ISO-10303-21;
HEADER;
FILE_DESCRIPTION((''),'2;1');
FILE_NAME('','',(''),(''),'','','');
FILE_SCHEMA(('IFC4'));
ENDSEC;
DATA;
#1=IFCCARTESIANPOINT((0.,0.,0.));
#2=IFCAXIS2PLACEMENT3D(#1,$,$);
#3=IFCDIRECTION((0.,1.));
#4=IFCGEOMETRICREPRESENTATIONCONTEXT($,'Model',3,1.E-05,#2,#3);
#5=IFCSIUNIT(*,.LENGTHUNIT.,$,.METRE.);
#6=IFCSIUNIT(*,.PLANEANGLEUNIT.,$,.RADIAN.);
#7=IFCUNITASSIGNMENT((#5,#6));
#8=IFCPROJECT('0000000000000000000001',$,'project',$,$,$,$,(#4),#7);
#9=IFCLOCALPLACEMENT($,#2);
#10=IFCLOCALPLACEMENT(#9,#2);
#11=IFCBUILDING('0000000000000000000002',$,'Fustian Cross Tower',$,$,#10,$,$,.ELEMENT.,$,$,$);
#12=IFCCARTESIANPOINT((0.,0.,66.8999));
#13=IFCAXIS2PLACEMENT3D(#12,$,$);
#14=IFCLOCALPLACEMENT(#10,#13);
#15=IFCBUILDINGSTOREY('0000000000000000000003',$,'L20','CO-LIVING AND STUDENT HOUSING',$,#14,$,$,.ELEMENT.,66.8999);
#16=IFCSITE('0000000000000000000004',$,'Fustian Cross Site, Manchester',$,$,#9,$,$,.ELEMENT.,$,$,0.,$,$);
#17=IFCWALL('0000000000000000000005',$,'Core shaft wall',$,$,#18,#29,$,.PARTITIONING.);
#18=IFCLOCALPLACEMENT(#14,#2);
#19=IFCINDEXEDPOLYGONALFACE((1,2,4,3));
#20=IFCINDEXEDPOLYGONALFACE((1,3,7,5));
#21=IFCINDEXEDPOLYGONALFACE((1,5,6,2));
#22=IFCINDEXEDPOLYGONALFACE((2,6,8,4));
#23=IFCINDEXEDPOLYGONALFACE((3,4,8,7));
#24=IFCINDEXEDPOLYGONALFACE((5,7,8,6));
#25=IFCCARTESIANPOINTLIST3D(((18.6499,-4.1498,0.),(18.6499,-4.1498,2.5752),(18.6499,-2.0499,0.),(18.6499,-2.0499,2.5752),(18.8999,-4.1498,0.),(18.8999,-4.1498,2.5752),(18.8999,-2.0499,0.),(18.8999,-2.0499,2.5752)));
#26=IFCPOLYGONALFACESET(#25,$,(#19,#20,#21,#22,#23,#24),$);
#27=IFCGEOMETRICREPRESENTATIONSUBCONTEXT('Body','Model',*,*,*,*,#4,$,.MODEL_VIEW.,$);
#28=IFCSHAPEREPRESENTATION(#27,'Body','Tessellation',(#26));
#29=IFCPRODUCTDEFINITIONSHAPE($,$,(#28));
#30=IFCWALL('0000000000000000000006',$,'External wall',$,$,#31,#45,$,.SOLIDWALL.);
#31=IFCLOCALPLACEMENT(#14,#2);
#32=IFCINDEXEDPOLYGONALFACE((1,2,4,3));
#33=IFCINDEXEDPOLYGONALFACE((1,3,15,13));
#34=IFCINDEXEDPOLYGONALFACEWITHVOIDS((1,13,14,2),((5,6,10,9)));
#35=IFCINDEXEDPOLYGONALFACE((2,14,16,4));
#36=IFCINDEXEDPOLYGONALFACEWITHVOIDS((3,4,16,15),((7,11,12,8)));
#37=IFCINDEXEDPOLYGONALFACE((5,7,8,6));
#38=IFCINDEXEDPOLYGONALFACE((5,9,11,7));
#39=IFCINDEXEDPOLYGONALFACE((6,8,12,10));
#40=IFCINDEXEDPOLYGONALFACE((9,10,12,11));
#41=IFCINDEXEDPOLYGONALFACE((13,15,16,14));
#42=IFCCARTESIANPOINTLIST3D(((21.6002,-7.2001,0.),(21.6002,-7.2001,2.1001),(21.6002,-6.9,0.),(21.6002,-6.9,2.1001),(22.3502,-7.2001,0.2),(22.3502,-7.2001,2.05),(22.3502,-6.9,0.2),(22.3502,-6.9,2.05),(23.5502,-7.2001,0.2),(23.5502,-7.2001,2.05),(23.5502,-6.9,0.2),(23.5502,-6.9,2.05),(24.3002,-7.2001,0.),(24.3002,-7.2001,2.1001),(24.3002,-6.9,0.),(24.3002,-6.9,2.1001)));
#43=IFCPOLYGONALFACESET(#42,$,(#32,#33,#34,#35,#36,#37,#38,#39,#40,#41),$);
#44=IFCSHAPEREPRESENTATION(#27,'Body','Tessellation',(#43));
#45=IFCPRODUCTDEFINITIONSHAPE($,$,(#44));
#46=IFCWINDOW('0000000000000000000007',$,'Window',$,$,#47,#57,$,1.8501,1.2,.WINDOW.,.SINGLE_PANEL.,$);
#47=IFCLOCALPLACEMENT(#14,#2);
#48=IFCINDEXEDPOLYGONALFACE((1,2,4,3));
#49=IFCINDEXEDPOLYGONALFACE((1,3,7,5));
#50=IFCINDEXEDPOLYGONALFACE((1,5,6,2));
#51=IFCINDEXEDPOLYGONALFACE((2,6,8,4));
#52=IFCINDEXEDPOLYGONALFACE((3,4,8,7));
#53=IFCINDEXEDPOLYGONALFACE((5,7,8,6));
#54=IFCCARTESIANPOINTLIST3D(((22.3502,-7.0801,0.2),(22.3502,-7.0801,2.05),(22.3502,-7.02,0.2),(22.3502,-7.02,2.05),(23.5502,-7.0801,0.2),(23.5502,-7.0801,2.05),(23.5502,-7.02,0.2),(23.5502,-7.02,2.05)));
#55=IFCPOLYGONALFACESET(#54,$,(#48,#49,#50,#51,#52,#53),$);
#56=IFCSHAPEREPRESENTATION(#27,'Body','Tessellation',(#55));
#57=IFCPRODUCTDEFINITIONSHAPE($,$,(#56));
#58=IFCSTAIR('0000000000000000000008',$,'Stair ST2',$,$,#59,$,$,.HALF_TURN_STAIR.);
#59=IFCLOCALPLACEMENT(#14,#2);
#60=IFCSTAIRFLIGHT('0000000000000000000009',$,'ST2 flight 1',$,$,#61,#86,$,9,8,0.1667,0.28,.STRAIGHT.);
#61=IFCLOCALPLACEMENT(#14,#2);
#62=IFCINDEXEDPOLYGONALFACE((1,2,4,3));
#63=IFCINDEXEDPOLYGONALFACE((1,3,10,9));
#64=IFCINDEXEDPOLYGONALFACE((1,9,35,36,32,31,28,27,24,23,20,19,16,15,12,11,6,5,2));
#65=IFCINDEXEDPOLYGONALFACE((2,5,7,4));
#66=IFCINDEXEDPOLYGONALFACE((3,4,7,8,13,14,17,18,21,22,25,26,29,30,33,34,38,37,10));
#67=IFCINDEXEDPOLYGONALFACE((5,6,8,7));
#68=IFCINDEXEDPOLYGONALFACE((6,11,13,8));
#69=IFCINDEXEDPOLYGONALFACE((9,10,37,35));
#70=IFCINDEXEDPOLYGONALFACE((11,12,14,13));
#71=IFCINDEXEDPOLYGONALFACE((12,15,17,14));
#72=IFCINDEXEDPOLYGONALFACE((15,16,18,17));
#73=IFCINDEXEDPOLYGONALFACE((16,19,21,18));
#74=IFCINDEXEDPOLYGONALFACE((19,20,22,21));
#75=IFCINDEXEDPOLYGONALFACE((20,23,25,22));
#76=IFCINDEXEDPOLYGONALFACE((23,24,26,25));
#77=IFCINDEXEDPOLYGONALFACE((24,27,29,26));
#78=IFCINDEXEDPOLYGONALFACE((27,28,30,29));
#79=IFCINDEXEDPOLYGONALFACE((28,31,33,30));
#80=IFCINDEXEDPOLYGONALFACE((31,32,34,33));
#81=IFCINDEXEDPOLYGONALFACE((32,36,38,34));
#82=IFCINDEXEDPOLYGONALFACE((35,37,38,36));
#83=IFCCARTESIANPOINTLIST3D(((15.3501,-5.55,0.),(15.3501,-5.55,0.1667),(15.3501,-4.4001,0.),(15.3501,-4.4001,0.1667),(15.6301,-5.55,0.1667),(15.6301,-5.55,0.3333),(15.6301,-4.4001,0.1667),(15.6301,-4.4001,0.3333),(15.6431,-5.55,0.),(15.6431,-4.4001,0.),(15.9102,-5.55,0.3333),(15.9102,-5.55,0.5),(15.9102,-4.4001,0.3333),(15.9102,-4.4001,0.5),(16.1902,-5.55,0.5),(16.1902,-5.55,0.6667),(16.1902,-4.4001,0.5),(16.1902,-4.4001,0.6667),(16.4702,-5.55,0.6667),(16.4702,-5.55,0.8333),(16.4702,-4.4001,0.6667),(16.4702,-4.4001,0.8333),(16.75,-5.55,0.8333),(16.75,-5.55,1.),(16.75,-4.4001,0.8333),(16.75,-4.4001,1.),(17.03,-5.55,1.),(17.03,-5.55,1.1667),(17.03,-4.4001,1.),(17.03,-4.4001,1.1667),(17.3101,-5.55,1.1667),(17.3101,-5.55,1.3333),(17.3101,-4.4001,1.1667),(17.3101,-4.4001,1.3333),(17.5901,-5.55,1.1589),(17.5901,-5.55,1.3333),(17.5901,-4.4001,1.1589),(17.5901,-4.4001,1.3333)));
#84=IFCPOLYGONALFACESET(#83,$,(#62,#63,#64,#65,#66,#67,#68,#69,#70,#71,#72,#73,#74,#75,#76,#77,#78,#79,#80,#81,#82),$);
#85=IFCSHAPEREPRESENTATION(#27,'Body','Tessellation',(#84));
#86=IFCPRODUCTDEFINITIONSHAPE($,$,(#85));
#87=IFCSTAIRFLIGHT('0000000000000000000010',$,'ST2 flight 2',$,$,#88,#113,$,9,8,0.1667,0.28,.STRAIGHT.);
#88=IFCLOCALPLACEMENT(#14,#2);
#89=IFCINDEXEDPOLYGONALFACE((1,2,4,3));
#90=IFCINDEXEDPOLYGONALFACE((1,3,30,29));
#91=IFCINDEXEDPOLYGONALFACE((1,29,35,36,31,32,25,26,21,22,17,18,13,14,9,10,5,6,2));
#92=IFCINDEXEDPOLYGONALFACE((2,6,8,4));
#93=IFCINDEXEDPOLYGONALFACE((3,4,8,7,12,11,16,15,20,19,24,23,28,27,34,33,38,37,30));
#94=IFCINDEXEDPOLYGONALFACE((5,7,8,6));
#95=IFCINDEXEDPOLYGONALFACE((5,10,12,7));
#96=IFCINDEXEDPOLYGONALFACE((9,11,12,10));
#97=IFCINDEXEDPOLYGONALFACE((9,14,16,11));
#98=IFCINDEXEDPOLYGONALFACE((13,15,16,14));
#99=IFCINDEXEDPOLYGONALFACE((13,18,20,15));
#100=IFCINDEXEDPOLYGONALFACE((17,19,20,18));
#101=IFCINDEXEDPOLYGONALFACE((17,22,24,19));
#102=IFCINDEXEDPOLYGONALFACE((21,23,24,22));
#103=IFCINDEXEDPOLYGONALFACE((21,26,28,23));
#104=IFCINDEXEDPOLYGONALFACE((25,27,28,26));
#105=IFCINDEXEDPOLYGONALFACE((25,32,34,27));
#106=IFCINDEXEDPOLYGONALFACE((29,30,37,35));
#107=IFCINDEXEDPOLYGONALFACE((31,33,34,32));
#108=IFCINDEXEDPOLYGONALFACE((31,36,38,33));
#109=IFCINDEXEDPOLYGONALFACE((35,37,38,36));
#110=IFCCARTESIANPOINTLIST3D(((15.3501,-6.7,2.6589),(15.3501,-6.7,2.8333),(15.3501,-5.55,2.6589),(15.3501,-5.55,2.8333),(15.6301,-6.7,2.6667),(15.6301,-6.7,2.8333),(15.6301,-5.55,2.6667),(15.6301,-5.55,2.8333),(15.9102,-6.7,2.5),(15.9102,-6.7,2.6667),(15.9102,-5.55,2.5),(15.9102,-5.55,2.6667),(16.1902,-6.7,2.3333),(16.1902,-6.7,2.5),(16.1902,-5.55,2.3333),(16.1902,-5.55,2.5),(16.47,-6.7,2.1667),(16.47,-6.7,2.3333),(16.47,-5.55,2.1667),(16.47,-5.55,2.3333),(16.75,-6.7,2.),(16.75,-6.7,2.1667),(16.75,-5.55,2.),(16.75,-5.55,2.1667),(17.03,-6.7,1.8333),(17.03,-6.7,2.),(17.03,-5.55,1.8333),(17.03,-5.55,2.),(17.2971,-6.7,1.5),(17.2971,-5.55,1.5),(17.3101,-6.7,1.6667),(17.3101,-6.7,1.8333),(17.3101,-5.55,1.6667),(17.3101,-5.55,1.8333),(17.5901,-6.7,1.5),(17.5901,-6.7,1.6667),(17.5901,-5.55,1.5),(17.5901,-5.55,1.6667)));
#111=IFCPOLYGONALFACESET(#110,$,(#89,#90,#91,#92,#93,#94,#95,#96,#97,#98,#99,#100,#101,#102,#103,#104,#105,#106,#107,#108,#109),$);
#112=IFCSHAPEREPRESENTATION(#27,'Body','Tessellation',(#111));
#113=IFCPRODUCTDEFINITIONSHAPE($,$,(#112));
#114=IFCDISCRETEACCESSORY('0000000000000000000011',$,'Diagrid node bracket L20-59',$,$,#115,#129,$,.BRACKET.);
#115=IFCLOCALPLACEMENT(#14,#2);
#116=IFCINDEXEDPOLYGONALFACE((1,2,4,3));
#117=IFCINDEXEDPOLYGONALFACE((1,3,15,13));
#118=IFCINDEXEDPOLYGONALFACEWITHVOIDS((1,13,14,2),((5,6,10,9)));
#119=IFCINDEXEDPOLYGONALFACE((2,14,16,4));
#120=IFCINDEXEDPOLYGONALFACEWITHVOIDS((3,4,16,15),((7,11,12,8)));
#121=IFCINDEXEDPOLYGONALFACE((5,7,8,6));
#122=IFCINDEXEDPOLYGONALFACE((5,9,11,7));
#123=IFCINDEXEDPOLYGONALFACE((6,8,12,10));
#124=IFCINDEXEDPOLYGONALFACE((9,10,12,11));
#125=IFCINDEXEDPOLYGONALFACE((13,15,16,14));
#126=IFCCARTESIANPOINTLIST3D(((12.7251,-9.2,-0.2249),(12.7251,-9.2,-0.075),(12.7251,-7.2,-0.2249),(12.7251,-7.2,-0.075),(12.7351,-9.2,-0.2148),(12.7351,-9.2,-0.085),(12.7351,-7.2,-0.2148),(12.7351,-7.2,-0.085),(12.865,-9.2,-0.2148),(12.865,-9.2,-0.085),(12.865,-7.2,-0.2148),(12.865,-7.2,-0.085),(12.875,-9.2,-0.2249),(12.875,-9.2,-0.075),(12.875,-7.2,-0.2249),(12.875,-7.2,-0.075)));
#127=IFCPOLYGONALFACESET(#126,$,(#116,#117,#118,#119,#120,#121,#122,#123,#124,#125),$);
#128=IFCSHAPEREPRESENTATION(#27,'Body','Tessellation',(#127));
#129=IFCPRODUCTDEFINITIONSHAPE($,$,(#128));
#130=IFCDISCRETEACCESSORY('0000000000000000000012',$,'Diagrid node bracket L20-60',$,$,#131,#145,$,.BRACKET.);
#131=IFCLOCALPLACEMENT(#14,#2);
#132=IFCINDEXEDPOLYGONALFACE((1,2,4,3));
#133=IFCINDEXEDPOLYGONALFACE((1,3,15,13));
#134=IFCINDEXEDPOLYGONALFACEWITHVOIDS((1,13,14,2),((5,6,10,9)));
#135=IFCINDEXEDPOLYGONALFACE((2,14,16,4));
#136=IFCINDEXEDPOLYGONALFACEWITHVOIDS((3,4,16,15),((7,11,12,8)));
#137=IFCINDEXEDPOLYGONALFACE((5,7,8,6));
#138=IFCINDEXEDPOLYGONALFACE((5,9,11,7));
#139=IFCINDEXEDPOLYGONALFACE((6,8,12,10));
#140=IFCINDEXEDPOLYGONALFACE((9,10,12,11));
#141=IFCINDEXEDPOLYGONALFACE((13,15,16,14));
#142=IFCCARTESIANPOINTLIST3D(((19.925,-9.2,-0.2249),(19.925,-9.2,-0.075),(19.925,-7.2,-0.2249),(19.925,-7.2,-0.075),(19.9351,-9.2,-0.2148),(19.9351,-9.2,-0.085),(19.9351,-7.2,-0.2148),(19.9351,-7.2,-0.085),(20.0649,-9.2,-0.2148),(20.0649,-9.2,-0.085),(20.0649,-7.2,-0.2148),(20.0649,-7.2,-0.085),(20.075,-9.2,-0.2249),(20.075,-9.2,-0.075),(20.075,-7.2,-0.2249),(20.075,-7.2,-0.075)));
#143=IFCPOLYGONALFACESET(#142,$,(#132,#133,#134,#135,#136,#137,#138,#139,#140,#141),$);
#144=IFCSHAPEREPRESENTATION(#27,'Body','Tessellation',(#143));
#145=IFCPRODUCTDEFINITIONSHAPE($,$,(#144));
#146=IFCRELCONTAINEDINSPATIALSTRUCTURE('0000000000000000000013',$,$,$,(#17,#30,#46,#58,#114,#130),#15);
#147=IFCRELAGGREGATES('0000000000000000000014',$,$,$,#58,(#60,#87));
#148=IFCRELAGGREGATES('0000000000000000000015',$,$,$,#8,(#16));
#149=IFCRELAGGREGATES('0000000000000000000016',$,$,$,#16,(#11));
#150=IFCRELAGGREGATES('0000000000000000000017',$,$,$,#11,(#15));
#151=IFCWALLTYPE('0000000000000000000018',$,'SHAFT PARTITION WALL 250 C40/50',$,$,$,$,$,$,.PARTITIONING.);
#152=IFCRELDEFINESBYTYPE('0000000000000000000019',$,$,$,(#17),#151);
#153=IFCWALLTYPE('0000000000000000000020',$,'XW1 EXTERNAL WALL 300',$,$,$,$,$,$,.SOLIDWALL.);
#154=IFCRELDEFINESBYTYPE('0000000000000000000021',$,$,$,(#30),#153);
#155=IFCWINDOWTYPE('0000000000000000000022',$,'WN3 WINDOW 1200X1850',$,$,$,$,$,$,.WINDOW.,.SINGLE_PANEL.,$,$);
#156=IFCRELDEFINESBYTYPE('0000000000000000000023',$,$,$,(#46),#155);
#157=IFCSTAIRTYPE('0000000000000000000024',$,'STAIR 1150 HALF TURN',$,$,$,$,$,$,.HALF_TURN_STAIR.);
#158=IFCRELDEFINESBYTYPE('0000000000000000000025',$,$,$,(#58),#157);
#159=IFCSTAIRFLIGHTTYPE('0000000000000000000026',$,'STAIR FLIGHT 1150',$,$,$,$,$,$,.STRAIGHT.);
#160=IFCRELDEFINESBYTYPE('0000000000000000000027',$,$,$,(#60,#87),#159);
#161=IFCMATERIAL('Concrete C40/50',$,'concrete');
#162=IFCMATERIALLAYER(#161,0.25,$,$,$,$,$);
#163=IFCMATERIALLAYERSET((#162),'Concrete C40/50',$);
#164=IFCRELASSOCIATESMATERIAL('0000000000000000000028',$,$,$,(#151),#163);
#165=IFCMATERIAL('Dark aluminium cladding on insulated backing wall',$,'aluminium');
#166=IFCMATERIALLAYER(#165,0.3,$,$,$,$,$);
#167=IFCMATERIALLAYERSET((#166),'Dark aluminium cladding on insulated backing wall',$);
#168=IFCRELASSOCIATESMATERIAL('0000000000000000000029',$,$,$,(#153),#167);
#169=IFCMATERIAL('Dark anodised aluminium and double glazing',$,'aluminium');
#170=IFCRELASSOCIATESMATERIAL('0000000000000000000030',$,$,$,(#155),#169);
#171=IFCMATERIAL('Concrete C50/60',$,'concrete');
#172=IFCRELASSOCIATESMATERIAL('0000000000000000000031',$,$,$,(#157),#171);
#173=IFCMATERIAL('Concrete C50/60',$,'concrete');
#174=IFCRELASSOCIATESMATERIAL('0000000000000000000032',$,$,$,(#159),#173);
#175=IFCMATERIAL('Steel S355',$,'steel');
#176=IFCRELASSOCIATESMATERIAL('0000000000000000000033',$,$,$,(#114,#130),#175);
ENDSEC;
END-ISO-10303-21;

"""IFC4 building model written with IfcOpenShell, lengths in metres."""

from ifc_helpers import new_model, si_unit, direction, frame, frame_2d, origin, origin_2d, place, context, subcontext, project, spatial, polyline, rectangle, hollow_rectangle, outline, extrude, material, layer, layer_set, type_object, element, fill, aggregate, save


model = new_model("IFC4")

# Units and contexts
model_context = context("Model", 3, precision=1e-05, world=origin(), true_north=direction((0.0, 1.0)))
body_context = subcontext(model_context, "Body", "Model", "MODEL_VIEW")
ifc_project = project(units=[si_unit("LENGTHUNIT", "METRE"), si_unit("PLANEANGLEUNIT", "RADIAN")], contexts=[model_context])

# Site, building, storey
site_placement = place(None, origin())
site = spatial("IfcSite", under=ifc_project, at=site_placement, Name="Fustian Cross Site, Manchester", CompositionType="ELEMENT", RefElevation=0.0)
building_placement = place(site_placement, origin())
building = spatial("IfcBuilding", under=site, at=building_placement, Name="Fustian Cross Tower", CompositionType="ELEMENT")
storey_placement = place(building_placement, frame((0.0, 0.0, 66.8999)))
storey = spatial("IfcBuildingStorey", under=building, at=storey_placement, Name="L20", Description="CO-LIVING AND STUDENT HOUSING", CompositionType="ELEMENT", Elevation=66.8999)

# Wall
ifc_material_1 = material(Name="Concrete C40/50", Category="concrete")
ifc_layer_1 = layer(ifc_material_1, 0.25)
ifc_layer_set_1 = layer_set([ifc_layer_1], Name="Concrete C40/50")
wall_type_1 = type_object("IfcWallType", Name="SHAFT PARTITION WALL 250 C40/50", PredefinedType="PARTITIONING", material=ifc_layer_set_1)
wall_1_placement = place(storey_placement, frame((18.7749, -2.05, 0.0), z_axis=(0.0, 0.0, 1.0), x_axis=(0.0, -1.0, 0.0)))
element("IfcWall", 1, at=wall_1_placement, inside=storey, type_object=wall_type_1, Name="Core shaft wall", PredefinedType="PARTITIONING", context=body_context, shape_type="SweptSolid", body=[
    extrude(rectangle(XDim=2.0999, YDim=0.25, at=frame_2d((1.0498, 0.0))), origin(), (0.0, 0.0, 1.0), 2.5752),
])

# Wall, opening, window
ifc_material_2 = material(Name="Dark aluminium cladding on insulated backing wall", Category="aluminium")
ifc_layer_2 = layer(ifc_material_2, 0.3)
ifc_layer_set_2 = layer_set([ifc_layer_2], Name="Dark aluminium cladding on insulated backing wall")
wall_type_2 = type_object("IfcWallType", Name="XW1 EXTERNAL WALL 300", PredefinedType="SOLIDWALL", material=ifc_layer_set_2)
wall_2_placement = place(storey_placement, frame((21.6001, -7.05, 0.0), z_axis=(0.0, 0.0, 1.0), x_axis=(1.0, 0.0, 0.0)))
wall_2 = element("IfcWall", 2, at=wall_2_placement, inside=storey, type_object=wall_type_2, Name="External wall", PredefinedType="SOLIDWALL", context=body_context, shape_type="SweptSolid", body=[
    extrude(rectangle(XDim=2.7, YDim=0.3, at=frame_2d((1.3501, 0.0))), origin(), (0.0, 0.0, 1.0), 2.1001),
])
opening_1_placement = place(wall_2_placement, frame((0.75, 0.0, 0.2)))
opening_1 = element("IfcOpeningElement", 3, at=opening_1_placement, cuts=wall_2, PredefinedType="OPENING", context=body_context, shape_type="SweptSolid", body=[
    extrude(rectangle(XDim=1.2, YDim=1.8501, at=frame_2d((0.6001, 0.925))), frame((0.0, 0.1599, 0.0), z_axis=(0.0, -1.0, 0.0), x_axis=(1.0, 0.0, 0.0)), (0.0, 0.0, 1.0), 0.3201),
])
ifc_material_3 = material(Name="Dark anodised aluminium and double glazing", Category="aluminium")
window_type = type_object("IfcWindowType", Name="WN3 WINDOW 1200X1850", PartitioningType="SINGLE_PANEL", PredefinedType="WINDOW", material=ifc_material_3)
window_placement = place(opening_1_placement, origin())
window = element("IfcWindow", 4, at=window_placement, inside=storey, type_object=window_type, Name="Window", OverallHeight=1.8501, OverallWidth=1.2, PartitioningType="SINGLE_PANEL", PredefinedType="WINDOW", context=body_context, shape_type="SweptSolid", body=[
    extrude(rectangle(XDim=1.2, YDim=1.8501, at=frame_2d((0.6001, 0.925))), frame((0.0, 0.03, 0.0), z_axis=(0.0, -1.0, 0.0), x_axis=(1.0, 0.0, 0.0)), (0.0, 0.0, 1.0), 0.0601),
])
fill(opening_1, window)

# Stair, stair flights
ifc_material_4 = material(Name="Concrete C50/60", Category="concrete")
stair_type = type_object("IfcStairType", Name="STAIR 1150 HALF TURN", PredefinedType="HALF_TURN_STAIR", material=ifc_material_4)
stair_placement = place(storey_placement, origin())
stair = element("IfcStair", 5, at=stair_placement, inside=storey, type_object=stair_type, Name="Stair ST2", PredefinedType="HALF_TURN_STAIR")
ifc_material_5 = material(Name="Concrete C50/60", Category="concrete")
stair_flight_type = type_object("IfcStairFlightType", Name="STAIR FLIGHT 1150", PredefinedType="STRAIGHT", material=ifc_material_5)
stair_flight_1_placement = place(storey_placement, frame((15.3501, -4.9751, 0.0), z_axis=(0.0, 0.0, 1.0), x_axis=(1.0, 0.0, 0.0)))
stair_flight_1 = element("IfcStairFlight", 6, at=stair_flight_1_placement, type_object=stair_flight_type, Name="ST2 flight 1", NumberOfRisers=9, NumberOfTreads=8, PredefinedType="STRAIGHT", RiserHeight=0.1667, TreadLength=0.28, context=body_context, shape_type="SweptSolid", body=[
    extrude(outline(polyline([(0.0, 0.0), (0.0, 0.1667), (0.28, 0.1667), (0.28, 0.3333), (0.5601, 0.3333), (0.5601, 0.5), (0.8401, 0.5), (0.8401, 0.6667), (1.1201, 0.6667), (1.1201, 0.8333), (1.3999, 0.8333), (1.3999, 1.0), (1.6799, 1.0), (1.6799, 1.1667), (1.96, 1.1667), (1.96, 1.3333), (2.24, 1.3333), (2.24, 1.5), (2.24, 1.1589), (0.293, 0.0), (0.0, 0.0)])), frame((0.0, 0.575, 0.0), z_axis=(0.0, -1.0, 0.0), x_axis=(1.0, 0.0, 0.0)), (0.0, 0.0, 1.0), 1.1499),
])
stair_flight_2_placement = place(storey_placement, frame((17.5901, -6.125, 1.5), z_axis=(0.0, 0.0, 1.0), x_axis=(-1.0, 0.0, 0.0)))
stair_flight_2 = element("IfcStairFlight", 7, at=stair_flight_2_placement, type_object=stair_flight_type, Name="ST2 flight 2", NumberOfRisers=9, NumberOfTreads=8, PredefinedType="STRAIGHT", RiserHeight=0.1667, TreadLength=0.28, context=body_context, shape_type="SweptSolid", body=[
    extrude(outline(polyline([(0.0, 0.0), (0.0, 0.1667), (0.28, 0.1667), (0.28, 0.3333), (0.5601, 0.3333), (0.5601, 0.5), (0.8401, 0.5), (0.8401, 0.6667), (1.1201, 0.6667), (1.1201, 0.8333), (1.3999, 0.8333), (1.3999, 1.0), (1.6799, 1.0), (1.6799, 1.1667), (1.96, 1.1667), (1.96, 1.3333), (2.24, 1.3333), (2.24, 1.5), (2.24, 1.1589), (0.293, 0.0), (0.0, 0.0)])), frame((0.0, 0.575, 0.0), z_axis=(0.0, -1.0, 0.0), x_axis=(1.0, 0.0, 0.0)), (0.0, 0.0, 1.0), 1.1499),
])
aggregate(stair, [stair_flight_1, stair_flight_2])

# Discrete accessories
ifc_material_6 = material(Name="Steel S355", Category="steel")
for number, where, z_axis, x_axis, name in (
    (8, (12.8, -9.2, -0.1499), (0.0, 1.0, 0.0), (-1.0, 0.0, 0.0), "Diagrid node bracket L20-59"),
    (9, (20.0, -9.2, -0.1499), (0.0, 1.0, 0.0), (-1.0, 0.0, 0.0), "Diagrid node bracket L20-60"),
):
    element("IfcDiscreteAccessory", number, at=place(storey_placement, frame(where, z_axis=z_axis, x_axis=x_axis)), inside=storey, material=ifc_material_6, Name=name, PredefinedType="BRACKET", context=body_context, shape_type="SweptSolid", body=[
        extrude(hollow_rectangle(XDim=0.1499, YDim=0.1499, WallThickness=0.01, at=origin_2d()), origin(), (0.0, 0.0, 1.0), 2.0),
    ])

save(model, "model.ifc")
